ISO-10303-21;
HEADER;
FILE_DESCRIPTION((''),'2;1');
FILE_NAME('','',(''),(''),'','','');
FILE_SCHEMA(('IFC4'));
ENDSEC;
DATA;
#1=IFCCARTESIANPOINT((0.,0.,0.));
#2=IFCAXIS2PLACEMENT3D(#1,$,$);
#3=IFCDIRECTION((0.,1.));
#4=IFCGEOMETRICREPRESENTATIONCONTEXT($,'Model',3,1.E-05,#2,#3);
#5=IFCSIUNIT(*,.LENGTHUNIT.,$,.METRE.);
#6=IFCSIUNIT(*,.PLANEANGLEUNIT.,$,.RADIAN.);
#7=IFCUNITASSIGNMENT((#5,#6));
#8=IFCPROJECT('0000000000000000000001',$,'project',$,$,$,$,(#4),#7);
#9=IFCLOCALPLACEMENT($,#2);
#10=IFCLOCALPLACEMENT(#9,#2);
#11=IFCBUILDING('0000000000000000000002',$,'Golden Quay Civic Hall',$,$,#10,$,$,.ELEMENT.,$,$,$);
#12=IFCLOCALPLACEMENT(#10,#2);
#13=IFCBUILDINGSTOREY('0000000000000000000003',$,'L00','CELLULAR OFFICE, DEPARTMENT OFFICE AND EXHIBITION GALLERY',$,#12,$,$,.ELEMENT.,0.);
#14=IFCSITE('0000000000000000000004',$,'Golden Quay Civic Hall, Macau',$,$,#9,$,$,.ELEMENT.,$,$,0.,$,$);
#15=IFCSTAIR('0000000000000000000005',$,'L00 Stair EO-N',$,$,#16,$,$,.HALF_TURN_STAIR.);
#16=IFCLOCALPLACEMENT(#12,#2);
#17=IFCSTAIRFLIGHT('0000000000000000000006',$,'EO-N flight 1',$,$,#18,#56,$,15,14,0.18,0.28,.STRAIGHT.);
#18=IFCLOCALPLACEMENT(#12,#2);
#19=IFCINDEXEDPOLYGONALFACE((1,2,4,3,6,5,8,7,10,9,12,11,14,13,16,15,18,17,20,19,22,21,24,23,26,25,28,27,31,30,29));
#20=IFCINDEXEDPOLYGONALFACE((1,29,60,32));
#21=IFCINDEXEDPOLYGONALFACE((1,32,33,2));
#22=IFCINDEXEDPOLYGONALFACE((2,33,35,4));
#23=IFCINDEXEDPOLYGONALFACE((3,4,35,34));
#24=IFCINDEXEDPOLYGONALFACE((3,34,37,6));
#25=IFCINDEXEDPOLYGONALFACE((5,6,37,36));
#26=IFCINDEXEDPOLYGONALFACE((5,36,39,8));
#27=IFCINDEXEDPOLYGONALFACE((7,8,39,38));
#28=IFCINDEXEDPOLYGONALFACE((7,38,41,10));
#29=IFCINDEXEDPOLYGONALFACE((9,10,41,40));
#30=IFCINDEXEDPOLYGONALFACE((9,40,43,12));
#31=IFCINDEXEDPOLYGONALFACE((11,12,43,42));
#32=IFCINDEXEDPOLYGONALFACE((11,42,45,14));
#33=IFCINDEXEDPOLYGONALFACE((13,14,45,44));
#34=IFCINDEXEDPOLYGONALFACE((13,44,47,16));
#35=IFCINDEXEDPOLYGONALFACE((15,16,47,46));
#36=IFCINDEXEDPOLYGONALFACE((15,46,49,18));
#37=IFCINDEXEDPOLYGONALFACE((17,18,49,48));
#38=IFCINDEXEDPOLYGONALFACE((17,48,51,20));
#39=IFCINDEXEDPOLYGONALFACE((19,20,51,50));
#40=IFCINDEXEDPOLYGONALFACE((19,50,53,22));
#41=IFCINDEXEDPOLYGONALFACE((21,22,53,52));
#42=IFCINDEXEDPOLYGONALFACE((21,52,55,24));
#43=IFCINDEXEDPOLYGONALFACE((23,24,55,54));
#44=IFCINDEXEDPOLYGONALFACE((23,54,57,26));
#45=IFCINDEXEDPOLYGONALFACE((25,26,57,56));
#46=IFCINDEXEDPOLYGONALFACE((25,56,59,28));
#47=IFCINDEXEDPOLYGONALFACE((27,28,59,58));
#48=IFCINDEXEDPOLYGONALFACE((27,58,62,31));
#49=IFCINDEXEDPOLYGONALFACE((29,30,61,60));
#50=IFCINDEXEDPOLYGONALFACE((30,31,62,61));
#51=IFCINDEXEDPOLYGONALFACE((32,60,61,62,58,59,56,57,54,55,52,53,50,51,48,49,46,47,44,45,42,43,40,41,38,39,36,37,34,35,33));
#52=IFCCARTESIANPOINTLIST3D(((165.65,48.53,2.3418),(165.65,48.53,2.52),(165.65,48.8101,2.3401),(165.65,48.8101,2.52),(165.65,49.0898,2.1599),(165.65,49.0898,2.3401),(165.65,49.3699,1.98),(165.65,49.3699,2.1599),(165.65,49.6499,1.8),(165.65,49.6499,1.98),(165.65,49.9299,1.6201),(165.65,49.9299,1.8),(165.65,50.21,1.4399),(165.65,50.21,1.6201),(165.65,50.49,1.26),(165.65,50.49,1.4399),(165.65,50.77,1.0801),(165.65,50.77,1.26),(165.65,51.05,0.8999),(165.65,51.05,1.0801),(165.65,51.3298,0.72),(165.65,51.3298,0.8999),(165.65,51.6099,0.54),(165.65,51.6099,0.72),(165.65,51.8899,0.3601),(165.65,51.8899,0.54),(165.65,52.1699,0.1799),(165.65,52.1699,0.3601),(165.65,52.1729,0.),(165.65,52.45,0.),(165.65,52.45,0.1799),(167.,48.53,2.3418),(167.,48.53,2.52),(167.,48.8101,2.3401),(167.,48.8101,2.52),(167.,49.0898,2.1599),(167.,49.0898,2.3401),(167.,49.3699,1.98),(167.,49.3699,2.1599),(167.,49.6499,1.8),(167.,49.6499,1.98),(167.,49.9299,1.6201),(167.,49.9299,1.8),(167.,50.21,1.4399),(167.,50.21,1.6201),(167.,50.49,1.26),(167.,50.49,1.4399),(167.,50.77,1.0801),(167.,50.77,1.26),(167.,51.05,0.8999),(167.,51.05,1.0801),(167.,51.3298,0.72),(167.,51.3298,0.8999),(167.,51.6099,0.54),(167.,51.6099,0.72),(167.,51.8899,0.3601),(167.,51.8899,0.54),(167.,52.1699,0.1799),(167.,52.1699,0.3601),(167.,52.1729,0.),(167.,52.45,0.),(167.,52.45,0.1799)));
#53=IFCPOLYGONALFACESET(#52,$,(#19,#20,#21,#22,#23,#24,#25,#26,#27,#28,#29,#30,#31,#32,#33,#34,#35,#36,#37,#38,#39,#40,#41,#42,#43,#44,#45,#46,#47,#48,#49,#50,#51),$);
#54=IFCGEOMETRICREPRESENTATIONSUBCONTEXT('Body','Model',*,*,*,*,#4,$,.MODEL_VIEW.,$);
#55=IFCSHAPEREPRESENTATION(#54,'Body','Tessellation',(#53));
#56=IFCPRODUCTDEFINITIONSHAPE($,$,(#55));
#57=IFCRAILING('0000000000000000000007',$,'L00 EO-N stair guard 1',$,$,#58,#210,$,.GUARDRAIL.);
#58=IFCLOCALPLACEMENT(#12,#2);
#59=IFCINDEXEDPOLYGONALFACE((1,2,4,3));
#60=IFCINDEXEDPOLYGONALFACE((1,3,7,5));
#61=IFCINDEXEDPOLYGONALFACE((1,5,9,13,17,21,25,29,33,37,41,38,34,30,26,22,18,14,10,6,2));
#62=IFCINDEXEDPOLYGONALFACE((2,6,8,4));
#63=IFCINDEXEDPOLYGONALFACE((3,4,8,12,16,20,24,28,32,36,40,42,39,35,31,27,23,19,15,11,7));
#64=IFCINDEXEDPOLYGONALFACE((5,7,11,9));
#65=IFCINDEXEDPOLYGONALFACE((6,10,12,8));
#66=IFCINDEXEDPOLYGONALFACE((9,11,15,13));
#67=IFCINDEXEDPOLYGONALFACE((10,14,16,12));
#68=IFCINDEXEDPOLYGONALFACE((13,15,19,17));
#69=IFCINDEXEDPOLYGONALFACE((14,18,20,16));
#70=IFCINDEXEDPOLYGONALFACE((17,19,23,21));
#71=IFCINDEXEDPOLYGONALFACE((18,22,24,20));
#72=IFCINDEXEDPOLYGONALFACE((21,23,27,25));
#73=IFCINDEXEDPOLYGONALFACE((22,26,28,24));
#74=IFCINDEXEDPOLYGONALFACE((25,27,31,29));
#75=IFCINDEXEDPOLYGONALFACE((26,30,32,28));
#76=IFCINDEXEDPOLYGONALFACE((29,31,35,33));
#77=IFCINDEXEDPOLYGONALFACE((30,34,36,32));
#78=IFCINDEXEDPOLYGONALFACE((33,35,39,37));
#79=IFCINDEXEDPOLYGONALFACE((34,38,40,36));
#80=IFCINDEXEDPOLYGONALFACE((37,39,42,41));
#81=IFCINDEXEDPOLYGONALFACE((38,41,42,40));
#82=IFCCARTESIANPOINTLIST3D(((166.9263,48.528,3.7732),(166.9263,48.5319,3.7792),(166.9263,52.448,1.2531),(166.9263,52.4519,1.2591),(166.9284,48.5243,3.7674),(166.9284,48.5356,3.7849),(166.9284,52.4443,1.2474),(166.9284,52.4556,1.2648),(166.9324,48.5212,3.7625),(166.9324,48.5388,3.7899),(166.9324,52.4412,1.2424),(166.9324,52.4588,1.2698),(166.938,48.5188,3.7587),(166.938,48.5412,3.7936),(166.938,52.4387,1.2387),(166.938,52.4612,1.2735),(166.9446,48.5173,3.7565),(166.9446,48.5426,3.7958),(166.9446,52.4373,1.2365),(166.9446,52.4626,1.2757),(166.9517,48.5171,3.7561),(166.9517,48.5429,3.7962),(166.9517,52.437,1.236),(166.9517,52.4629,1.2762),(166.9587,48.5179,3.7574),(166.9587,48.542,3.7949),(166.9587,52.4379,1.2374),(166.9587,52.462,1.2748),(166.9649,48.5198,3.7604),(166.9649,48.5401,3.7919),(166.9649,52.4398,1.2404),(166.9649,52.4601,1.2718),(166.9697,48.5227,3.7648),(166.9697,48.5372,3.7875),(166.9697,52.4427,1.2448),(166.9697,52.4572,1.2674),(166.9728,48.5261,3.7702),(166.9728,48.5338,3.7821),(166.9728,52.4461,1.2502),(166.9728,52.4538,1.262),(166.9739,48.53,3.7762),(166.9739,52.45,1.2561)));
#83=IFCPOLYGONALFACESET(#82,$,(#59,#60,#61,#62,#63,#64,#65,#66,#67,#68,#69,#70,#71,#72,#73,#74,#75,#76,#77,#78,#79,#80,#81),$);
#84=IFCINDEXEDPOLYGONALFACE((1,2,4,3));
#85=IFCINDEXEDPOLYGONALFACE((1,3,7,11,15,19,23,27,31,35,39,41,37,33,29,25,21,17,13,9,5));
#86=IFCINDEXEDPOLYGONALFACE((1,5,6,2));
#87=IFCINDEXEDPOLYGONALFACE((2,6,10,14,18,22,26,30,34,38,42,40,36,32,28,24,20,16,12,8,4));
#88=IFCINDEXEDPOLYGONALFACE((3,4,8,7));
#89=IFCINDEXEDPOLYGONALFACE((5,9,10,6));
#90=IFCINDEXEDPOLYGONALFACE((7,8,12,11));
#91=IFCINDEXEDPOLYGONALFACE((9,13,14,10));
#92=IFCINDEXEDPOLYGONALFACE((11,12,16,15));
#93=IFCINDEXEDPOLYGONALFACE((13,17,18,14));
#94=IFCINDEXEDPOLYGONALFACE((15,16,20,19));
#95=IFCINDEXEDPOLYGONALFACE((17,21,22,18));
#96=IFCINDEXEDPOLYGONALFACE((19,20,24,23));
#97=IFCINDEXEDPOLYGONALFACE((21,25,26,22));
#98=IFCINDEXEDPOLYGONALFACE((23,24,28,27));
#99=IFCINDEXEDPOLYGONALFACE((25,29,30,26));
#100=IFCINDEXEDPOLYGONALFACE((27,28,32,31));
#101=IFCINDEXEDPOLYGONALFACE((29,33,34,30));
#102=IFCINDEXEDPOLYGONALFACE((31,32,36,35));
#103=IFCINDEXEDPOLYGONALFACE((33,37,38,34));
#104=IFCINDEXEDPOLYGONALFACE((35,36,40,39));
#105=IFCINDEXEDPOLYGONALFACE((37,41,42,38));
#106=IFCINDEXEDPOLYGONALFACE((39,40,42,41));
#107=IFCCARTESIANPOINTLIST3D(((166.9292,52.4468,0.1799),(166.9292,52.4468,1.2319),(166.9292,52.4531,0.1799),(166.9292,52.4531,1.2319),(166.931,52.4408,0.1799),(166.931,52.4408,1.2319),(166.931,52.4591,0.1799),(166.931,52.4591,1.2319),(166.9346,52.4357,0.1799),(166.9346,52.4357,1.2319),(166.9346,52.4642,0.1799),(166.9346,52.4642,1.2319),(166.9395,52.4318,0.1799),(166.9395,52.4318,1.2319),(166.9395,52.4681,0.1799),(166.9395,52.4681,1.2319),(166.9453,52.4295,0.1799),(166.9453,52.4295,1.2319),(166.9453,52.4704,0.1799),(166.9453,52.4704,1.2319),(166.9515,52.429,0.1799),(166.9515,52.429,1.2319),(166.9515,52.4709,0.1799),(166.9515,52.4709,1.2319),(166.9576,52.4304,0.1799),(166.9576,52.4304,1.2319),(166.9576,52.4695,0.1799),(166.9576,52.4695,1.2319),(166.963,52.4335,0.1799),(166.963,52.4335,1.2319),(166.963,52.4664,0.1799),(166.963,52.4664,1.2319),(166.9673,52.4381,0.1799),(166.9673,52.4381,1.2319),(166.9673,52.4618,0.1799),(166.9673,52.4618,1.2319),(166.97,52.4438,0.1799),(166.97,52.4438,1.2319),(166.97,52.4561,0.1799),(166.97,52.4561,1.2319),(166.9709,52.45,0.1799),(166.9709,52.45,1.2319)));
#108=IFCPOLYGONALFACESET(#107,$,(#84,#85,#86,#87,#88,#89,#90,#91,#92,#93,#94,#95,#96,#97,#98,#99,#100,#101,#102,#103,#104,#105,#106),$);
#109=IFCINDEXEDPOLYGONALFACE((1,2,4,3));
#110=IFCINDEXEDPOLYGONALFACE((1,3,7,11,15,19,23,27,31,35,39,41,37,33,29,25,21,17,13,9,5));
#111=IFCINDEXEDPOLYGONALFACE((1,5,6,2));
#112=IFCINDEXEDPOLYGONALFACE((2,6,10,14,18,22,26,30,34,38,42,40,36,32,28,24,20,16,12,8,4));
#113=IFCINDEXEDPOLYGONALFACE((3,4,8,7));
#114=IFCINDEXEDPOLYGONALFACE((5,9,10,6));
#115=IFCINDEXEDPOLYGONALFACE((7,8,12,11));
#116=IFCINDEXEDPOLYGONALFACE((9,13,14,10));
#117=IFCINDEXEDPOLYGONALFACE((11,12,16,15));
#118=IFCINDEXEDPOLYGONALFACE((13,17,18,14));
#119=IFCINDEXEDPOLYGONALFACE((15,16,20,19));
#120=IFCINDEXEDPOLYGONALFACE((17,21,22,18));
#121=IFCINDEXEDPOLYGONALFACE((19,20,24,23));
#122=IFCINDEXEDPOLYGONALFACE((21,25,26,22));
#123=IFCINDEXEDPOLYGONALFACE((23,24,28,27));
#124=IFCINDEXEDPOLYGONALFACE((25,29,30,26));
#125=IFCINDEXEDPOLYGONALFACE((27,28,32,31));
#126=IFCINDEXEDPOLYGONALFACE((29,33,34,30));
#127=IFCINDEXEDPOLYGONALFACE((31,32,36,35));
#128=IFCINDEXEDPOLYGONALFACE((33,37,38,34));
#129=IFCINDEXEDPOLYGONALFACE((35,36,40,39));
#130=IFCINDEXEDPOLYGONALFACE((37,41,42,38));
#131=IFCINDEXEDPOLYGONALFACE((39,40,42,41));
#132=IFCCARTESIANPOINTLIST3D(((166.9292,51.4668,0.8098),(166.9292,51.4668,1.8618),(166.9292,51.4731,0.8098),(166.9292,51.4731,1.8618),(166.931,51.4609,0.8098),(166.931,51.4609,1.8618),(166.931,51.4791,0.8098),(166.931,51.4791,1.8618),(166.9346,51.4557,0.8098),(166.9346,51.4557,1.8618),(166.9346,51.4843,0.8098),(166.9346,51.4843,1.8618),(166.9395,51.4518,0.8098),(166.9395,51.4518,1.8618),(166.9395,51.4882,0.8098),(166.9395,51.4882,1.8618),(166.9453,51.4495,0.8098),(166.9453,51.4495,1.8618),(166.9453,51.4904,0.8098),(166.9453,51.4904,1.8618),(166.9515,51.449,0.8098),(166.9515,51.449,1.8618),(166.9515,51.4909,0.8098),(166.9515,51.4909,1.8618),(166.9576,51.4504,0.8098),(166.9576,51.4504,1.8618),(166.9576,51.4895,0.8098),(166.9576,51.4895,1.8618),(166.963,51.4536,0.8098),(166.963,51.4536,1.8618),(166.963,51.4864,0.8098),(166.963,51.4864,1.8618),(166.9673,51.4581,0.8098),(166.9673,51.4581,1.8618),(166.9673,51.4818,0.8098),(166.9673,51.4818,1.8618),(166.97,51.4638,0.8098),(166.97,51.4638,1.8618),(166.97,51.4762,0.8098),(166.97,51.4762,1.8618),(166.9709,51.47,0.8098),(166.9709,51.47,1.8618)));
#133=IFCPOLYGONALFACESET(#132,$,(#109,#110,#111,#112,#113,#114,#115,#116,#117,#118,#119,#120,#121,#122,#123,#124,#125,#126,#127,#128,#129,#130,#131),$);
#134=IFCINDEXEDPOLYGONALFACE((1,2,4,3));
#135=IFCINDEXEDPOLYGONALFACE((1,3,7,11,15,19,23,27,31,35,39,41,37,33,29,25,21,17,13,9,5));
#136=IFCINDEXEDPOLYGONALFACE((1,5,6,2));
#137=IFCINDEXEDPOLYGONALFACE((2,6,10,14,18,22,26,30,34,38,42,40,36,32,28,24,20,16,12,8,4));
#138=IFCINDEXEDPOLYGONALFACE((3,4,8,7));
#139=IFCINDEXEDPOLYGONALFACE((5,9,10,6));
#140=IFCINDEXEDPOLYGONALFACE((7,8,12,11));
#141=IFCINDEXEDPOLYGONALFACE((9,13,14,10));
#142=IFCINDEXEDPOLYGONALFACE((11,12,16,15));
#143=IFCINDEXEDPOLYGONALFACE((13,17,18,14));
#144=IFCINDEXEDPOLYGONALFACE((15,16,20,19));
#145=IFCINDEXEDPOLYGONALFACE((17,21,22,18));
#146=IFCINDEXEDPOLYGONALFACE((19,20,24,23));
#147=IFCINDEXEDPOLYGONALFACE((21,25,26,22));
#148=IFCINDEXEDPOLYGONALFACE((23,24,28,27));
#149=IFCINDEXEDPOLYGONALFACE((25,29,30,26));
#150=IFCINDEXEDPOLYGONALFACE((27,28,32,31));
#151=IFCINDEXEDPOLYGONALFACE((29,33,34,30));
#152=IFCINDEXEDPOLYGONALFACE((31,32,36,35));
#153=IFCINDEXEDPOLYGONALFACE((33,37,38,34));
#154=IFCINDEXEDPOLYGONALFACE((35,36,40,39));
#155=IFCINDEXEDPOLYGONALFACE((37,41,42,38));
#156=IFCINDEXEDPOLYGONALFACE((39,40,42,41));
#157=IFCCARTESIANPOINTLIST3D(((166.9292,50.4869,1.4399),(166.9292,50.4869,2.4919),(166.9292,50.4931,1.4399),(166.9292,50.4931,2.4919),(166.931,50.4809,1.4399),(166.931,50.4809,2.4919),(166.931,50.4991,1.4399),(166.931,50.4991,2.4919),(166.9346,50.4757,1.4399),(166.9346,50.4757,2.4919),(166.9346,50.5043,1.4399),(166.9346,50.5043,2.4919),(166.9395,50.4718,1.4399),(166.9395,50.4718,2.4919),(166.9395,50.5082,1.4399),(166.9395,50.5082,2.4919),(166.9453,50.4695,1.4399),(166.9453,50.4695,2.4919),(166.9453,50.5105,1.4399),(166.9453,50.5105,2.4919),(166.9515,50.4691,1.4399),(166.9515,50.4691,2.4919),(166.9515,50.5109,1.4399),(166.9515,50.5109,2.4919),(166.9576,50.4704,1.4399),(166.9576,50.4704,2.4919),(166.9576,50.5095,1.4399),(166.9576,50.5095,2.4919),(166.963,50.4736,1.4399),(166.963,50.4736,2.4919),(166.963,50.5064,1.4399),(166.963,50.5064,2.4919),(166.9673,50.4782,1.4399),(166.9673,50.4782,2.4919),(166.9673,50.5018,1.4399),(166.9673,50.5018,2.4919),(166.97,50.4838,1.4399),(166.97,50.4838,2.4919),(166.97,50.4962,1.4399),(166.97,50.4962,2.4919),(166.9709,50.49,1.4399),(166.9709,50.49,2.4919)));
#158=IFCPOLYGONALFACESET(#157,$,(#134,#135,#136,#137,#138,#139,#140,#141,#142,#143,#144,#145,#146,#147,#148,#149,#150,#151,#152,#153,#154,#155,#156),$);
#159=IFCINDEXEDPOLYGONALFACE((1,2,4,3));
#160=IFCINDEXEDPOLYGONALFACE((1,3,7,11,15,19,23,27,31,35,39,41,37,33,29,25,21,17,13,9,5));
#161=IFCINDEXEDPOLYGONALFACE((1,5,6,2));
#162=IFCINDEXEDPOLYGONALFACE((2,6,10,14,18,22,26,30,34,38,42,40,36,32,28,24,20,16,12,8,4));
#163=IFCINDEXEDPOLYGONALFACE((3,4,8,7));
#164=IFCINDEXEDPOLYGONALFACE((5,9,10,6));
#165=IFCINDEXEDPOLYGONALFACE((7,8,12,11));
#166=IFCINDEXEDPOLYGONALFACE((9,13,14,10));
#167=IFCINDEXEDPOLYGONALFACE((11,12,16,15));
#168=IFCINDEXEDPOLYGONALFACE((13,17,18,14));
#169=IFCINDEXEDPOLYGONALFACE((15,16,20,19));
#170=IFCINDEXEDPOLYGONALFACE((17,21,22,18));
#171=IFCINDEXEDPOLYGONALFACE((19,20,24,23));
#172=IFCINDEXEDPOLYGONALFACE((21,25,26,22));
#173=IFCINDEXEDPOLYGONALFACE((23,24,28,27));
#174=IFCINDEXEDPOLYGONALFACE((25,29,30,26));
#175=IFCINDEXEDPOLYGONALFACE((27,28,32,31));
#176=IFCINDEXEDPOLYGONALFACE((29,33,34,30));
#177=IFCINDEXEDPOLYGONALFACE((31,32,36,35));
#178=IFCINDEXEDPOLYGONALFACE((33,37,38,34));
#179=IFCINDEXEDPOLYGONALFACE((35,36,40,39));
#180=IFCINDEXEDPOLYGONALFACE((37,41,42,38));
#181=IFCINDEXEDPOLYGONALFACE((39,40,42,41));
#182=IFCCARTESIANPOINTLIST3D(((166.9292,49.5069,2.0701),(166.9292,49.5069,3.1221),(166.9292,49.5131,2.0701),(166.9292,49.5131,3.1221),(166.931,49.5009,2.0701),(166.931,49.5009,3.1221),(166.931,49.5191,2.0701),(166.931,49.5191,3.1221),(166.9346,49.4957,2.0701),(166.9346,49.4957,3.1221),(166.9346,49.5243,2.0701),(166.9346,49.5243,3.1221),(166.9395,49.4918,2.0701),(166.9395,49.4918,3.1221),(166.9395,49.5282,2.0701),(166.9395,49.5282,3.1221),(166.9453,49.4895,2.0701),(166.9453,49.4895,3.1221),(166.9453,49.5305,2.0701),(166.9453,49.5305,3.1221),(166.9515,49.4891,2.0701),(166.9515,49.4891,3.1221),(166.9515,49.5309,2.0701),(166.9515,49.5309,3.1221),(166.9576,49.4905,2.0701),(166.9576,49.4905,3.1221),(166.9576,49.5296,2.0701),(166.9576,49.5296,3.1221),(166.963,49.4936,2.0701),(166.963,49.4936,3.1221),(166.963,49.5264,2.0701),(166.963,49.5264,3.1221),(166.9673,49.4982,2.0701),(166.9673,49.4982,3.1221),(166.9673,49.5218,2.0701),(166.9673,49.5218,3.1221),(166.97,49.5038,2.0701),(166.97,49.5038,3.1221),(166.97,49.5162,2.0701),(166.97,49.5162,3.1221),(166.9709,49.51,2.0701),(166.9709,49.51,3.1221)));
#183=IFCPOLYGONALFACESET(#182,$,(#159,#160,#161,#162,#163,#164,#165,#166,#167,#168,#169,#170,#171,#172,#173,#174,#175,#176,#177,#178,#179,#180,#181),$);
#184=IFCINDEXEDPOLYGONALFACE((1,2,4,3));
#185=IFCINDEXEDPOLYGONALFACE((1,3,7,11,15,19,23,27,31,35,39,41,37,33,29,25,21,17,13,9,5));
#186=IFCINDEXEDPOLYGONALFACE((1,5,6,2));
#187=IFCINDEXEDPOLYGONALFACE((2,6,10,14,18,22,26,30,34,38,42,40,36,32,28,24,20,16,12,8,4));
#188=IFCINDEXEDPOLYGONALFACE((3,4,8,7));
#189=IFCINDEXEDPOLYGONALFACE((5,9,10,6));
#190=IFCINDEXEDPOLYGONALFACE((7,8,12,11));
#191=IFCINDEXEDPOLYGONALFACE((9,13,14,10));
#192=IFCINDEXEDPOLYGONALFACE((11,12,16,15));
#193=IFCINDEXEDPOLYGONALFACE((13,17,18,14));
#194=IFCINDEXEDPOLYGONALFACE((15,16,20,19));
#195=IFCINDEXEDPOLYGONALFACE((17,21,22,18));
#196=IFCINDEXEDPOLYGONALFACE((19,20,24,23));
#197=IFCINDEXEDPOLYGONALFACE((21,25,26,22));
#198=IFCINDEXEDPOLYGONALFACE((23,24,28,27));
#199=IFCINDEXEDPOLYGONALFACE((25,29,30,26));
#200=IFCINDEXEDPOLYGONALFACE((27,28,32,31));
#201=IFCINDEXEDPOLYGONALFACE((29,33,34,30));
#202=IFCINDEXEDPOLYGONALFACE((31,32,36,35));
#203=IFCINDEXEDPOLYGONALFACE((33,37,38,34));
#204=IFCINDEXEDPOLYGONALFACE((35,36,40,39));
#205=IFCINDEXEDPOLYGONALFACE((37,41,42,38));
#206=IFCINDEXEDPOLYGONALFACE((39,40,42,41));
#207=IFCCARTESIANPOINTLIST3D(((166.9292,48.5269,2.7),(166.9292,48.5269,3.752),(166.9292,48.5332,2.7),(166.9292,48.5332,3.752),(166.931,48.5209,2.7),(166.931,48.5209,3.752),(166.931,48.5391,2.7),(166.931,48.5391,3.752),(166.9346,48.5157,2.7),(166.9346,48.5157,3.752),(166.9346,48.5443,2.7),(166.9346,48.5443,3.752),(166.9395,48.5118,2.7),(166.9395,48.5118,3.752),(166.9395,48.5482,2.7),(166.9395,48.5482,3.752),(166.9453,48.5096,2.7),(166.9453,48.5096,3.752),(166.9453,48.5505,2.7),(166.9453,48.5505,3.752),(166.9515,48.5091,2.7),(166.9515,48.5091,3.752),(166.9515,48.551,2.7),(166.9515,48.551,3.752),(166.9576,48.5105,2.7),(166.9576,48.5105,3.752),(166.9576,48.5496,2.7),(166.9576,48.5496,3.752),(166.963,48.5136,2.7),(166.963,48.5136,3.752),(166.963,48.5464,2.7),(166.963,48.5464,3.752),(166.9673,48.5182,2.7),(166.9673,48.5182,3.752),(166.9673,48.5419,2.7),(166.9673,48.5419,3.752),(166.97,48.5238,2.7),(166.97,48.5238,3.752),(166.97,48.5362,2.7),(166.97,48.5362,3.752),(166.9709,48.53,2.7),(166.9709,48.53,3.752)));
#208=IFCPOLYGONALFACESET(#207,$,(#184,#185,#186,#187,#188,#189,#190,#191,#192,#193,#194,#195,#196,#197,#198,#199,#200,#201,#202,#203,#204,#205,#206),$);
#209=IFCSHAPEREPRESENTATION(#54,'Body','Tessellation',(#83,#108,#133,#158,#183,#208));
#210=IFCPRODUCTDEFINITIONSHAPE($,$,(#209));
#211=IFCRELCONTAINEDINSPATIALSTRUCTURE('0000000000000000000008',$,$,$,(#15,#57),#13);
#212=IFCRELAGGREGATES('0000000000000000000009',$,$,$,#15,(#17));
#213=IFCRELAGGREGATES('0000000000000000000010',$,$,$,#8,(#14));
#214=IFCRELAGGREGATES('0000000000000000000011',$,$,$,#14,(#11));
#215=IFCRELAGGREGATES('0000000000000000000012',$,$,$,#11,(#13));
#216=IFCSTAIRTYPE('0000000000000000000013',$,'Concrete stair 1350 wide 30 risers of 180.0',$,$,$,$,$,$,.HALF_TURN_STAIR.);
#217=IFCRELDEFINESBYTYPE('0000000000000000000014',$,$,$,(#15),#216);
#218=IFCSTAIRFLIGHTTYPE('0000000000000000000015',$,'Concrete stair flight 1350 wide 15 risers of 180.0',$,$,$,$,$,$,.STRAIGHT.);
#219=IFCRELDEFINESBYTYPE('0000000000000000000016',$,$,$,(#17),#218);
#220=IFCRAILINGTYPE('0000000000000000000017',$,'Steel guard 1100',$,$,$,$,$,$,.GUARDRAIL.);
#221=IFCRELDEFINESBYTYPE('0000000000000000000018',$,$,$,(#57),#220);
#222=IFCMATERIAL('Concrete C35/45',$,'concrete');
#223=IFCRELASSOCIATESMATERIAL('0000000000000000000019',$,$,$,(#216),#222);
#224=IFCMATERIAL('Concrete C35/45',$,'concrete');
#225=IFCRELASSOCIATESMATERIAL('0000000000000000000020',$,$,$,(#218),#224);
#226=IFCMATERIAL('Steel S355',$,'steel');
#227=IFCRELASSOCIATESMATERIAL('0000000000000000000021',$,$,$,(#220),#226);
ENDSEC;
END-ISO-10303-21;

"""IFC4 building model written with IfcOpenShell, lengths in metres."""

from ifc_helpers import new_model, si_unit, direction, frame, origin, origin_2d, place, context, subcontext, project, spatial, polyline, circle, outline, extrude, material, type_object, element, aggregate, save


model = new_model("IFC4")

# Units and contexts
model_context = context("Model", 3, precision=1e-05, world=origin(), true_north=direction((0.0, 1.0)))
body_context = subcontext(model_context, "Body", "Model", "MODEL_VIEW")
ifc_project = project(units=[si_unit("LENGTHUNIT", "METRE"), si_unit("PLANEANGLEUNIT", "RADIAN")], contexts=[model_context])

# Site, building, storey
site_placement = place(None, origin())
site = spatial("IfcSite", under=ifc_project, at=site_placement, Name="Golden Quay Civic Hall, Macau", CompositionType="ELEMENT", RefElevation=0.0)
building_placement = place(site_placement, origin())
building = spatial("IfcBuilding", under=site, at=building_placement, Name="Golden Quay Civic Hall", CompositionType="ELEMENT")
storey_placement = place(building_placement, origin())
storey = spatial("IfcBuildingStorey", under=building, at=storey_placement, Name="L00", Description="CELLULAR OFFICE, DEPARTMENT OFFICE AND EXHIBITION GALLERY", CompositionType="ELEMENT", Elevation=0.0)

# Stair, stair flight
ifc_material_1 = material(Name="Concrete C35/45", Category="concrete")
stair_type = type_object("IfcStairType", Name="Concrete stair 1350 wide 30 risers of 180.0", PredefinedType="HALF_TURN_STAIR", material=ifc_material_1)
stair_placement = place(storey_placement, origin())
stair = element("IfcStair", 1, at=stair_placement, inside=storey, type_object=stair_type, Name="L00 Stair EO-N", PredefinedType="HALF_TURN_STAIR")
ifc_material_2 = material(Name="Concrete C35/45", Category="concrete")
stair_flight_type = type_object("IfcStairFlightType", Name="Concrete stair flight 1350 wide 15 risers of 180.0", PredefinedType="STRAIGHT", material=ifc_material_2)
stair_flight_placement = place(storey_placement, frame((166.325, 52.45, 0.0), z_axis=(0.0, 0.0, 1.0), x_axis=(0.0, -1.0, 0.0)))
stair_flight = element("IfcStairFlight", 2, at=stair_flight_placement, type_object=stair_flight_type, Name="EO-N flight 1", NumberOfRisers=15, NumberOfTreads=14, PredefinedType="STRAIGHT", RiserHeight=0.18, TreadLength=0.28, context=body_context, shape_type="SweptSolid", body=[
    extrude(outline(polyline([(0.0, 0.0), (0.0, 0.1799), (0.28, 0.1799), (0.28, 0.3601), (0.5601, 0.3601), (0.5601, 0.54), (0.8401, 0.54), (0.8401, 0.72), (1.1201, 0.72), (1.1201, 0.8999), (1.3999, 0.8999), (1.3999, 1.0801), (1.6799, 1.0801), (1.6799, 1.26), (1.96, 1.26), (1.96, 1.4399), (2.24, 1.4399), (2.24, 1.6201), (2.52, 1.6201), (2.52, 1.8), (2.8, 1.8), (2.8, 1.98), (3.0801, 1.98), (3.0801, 2.1599), (3.3601, 2.1599), (3.3601, 2.3401), (3.6399, 2.3401), (3.6399, 2.52), (3.9199, 2.52), (3.9199, 2.7), (3.9199, 2.3418), (0.2771, 0.0), (0.0, 0.0)])), frame((0.0, 0.675, 0.0), z_axis=(0.0, -1.0, 0.0), x_axis=(1.0, 0.0, 0.0)), (0.0, 0.0, 1.0), 1.35),
])
aggregate(stair, [stair_flight])

# Railing
ifc_material_3 = material(Name="Steel S355", Category="steel")
railing_type_1 = type_object("IfcRailingType", Name="Steel guard 1100", PredefinedType="GUARDRAIL", material=ifc_material_3)
railing_1_placement = place(storey_placement, frame((166.95, 52.45, 0.1799)))
element("IfcRailing", 3, at=railing_1_placement, inside=storey, type_object=railing_type_1, Name="L00 EO-N stair guard 1", PredefinedType="GUARDRAIL", context=body_context, shape_type="SweptSolid", body=[
    extrude(circle(Radius=0.0239, at=origin_2d()), frame((0.0, 0.0, 1.0762), z_axis=(0.0, -0.841172, 0.540768), x_axis=(1.0, 0.0, 0.0)), (0.0, 0.0, 1.0), 4.6602),
    extrude(circle(Radius=0.021, at=origin_2d()), origin(), (0.0, 0.0, 1.0), 1.052),
    extrude(circle(Radius=0.021, at=origin_2d()), frame((0.0, -0.98, 0.6299)), (0.0, 0.0, 1.0), 1.052),
    extrude(circle(Radius=0.021, at=origin_2d()), frame((0.0, -1.96, 1.26)), (0.0, 0.0, 1.0), 1.052),
    extrude(circle(Radius=0.021, at=origin_2d()), frame((0.0, -2.9399, 1.8901)), (0.0, 0.0, 1.0), 1.052),
    extrude(circle(Radius=0.021, at=origin_2d()), frame((0.0, -3.9199, 2.52)), (0.0, 0.0, 1.0), 1.052),
])

save(model, "model.ifc")
